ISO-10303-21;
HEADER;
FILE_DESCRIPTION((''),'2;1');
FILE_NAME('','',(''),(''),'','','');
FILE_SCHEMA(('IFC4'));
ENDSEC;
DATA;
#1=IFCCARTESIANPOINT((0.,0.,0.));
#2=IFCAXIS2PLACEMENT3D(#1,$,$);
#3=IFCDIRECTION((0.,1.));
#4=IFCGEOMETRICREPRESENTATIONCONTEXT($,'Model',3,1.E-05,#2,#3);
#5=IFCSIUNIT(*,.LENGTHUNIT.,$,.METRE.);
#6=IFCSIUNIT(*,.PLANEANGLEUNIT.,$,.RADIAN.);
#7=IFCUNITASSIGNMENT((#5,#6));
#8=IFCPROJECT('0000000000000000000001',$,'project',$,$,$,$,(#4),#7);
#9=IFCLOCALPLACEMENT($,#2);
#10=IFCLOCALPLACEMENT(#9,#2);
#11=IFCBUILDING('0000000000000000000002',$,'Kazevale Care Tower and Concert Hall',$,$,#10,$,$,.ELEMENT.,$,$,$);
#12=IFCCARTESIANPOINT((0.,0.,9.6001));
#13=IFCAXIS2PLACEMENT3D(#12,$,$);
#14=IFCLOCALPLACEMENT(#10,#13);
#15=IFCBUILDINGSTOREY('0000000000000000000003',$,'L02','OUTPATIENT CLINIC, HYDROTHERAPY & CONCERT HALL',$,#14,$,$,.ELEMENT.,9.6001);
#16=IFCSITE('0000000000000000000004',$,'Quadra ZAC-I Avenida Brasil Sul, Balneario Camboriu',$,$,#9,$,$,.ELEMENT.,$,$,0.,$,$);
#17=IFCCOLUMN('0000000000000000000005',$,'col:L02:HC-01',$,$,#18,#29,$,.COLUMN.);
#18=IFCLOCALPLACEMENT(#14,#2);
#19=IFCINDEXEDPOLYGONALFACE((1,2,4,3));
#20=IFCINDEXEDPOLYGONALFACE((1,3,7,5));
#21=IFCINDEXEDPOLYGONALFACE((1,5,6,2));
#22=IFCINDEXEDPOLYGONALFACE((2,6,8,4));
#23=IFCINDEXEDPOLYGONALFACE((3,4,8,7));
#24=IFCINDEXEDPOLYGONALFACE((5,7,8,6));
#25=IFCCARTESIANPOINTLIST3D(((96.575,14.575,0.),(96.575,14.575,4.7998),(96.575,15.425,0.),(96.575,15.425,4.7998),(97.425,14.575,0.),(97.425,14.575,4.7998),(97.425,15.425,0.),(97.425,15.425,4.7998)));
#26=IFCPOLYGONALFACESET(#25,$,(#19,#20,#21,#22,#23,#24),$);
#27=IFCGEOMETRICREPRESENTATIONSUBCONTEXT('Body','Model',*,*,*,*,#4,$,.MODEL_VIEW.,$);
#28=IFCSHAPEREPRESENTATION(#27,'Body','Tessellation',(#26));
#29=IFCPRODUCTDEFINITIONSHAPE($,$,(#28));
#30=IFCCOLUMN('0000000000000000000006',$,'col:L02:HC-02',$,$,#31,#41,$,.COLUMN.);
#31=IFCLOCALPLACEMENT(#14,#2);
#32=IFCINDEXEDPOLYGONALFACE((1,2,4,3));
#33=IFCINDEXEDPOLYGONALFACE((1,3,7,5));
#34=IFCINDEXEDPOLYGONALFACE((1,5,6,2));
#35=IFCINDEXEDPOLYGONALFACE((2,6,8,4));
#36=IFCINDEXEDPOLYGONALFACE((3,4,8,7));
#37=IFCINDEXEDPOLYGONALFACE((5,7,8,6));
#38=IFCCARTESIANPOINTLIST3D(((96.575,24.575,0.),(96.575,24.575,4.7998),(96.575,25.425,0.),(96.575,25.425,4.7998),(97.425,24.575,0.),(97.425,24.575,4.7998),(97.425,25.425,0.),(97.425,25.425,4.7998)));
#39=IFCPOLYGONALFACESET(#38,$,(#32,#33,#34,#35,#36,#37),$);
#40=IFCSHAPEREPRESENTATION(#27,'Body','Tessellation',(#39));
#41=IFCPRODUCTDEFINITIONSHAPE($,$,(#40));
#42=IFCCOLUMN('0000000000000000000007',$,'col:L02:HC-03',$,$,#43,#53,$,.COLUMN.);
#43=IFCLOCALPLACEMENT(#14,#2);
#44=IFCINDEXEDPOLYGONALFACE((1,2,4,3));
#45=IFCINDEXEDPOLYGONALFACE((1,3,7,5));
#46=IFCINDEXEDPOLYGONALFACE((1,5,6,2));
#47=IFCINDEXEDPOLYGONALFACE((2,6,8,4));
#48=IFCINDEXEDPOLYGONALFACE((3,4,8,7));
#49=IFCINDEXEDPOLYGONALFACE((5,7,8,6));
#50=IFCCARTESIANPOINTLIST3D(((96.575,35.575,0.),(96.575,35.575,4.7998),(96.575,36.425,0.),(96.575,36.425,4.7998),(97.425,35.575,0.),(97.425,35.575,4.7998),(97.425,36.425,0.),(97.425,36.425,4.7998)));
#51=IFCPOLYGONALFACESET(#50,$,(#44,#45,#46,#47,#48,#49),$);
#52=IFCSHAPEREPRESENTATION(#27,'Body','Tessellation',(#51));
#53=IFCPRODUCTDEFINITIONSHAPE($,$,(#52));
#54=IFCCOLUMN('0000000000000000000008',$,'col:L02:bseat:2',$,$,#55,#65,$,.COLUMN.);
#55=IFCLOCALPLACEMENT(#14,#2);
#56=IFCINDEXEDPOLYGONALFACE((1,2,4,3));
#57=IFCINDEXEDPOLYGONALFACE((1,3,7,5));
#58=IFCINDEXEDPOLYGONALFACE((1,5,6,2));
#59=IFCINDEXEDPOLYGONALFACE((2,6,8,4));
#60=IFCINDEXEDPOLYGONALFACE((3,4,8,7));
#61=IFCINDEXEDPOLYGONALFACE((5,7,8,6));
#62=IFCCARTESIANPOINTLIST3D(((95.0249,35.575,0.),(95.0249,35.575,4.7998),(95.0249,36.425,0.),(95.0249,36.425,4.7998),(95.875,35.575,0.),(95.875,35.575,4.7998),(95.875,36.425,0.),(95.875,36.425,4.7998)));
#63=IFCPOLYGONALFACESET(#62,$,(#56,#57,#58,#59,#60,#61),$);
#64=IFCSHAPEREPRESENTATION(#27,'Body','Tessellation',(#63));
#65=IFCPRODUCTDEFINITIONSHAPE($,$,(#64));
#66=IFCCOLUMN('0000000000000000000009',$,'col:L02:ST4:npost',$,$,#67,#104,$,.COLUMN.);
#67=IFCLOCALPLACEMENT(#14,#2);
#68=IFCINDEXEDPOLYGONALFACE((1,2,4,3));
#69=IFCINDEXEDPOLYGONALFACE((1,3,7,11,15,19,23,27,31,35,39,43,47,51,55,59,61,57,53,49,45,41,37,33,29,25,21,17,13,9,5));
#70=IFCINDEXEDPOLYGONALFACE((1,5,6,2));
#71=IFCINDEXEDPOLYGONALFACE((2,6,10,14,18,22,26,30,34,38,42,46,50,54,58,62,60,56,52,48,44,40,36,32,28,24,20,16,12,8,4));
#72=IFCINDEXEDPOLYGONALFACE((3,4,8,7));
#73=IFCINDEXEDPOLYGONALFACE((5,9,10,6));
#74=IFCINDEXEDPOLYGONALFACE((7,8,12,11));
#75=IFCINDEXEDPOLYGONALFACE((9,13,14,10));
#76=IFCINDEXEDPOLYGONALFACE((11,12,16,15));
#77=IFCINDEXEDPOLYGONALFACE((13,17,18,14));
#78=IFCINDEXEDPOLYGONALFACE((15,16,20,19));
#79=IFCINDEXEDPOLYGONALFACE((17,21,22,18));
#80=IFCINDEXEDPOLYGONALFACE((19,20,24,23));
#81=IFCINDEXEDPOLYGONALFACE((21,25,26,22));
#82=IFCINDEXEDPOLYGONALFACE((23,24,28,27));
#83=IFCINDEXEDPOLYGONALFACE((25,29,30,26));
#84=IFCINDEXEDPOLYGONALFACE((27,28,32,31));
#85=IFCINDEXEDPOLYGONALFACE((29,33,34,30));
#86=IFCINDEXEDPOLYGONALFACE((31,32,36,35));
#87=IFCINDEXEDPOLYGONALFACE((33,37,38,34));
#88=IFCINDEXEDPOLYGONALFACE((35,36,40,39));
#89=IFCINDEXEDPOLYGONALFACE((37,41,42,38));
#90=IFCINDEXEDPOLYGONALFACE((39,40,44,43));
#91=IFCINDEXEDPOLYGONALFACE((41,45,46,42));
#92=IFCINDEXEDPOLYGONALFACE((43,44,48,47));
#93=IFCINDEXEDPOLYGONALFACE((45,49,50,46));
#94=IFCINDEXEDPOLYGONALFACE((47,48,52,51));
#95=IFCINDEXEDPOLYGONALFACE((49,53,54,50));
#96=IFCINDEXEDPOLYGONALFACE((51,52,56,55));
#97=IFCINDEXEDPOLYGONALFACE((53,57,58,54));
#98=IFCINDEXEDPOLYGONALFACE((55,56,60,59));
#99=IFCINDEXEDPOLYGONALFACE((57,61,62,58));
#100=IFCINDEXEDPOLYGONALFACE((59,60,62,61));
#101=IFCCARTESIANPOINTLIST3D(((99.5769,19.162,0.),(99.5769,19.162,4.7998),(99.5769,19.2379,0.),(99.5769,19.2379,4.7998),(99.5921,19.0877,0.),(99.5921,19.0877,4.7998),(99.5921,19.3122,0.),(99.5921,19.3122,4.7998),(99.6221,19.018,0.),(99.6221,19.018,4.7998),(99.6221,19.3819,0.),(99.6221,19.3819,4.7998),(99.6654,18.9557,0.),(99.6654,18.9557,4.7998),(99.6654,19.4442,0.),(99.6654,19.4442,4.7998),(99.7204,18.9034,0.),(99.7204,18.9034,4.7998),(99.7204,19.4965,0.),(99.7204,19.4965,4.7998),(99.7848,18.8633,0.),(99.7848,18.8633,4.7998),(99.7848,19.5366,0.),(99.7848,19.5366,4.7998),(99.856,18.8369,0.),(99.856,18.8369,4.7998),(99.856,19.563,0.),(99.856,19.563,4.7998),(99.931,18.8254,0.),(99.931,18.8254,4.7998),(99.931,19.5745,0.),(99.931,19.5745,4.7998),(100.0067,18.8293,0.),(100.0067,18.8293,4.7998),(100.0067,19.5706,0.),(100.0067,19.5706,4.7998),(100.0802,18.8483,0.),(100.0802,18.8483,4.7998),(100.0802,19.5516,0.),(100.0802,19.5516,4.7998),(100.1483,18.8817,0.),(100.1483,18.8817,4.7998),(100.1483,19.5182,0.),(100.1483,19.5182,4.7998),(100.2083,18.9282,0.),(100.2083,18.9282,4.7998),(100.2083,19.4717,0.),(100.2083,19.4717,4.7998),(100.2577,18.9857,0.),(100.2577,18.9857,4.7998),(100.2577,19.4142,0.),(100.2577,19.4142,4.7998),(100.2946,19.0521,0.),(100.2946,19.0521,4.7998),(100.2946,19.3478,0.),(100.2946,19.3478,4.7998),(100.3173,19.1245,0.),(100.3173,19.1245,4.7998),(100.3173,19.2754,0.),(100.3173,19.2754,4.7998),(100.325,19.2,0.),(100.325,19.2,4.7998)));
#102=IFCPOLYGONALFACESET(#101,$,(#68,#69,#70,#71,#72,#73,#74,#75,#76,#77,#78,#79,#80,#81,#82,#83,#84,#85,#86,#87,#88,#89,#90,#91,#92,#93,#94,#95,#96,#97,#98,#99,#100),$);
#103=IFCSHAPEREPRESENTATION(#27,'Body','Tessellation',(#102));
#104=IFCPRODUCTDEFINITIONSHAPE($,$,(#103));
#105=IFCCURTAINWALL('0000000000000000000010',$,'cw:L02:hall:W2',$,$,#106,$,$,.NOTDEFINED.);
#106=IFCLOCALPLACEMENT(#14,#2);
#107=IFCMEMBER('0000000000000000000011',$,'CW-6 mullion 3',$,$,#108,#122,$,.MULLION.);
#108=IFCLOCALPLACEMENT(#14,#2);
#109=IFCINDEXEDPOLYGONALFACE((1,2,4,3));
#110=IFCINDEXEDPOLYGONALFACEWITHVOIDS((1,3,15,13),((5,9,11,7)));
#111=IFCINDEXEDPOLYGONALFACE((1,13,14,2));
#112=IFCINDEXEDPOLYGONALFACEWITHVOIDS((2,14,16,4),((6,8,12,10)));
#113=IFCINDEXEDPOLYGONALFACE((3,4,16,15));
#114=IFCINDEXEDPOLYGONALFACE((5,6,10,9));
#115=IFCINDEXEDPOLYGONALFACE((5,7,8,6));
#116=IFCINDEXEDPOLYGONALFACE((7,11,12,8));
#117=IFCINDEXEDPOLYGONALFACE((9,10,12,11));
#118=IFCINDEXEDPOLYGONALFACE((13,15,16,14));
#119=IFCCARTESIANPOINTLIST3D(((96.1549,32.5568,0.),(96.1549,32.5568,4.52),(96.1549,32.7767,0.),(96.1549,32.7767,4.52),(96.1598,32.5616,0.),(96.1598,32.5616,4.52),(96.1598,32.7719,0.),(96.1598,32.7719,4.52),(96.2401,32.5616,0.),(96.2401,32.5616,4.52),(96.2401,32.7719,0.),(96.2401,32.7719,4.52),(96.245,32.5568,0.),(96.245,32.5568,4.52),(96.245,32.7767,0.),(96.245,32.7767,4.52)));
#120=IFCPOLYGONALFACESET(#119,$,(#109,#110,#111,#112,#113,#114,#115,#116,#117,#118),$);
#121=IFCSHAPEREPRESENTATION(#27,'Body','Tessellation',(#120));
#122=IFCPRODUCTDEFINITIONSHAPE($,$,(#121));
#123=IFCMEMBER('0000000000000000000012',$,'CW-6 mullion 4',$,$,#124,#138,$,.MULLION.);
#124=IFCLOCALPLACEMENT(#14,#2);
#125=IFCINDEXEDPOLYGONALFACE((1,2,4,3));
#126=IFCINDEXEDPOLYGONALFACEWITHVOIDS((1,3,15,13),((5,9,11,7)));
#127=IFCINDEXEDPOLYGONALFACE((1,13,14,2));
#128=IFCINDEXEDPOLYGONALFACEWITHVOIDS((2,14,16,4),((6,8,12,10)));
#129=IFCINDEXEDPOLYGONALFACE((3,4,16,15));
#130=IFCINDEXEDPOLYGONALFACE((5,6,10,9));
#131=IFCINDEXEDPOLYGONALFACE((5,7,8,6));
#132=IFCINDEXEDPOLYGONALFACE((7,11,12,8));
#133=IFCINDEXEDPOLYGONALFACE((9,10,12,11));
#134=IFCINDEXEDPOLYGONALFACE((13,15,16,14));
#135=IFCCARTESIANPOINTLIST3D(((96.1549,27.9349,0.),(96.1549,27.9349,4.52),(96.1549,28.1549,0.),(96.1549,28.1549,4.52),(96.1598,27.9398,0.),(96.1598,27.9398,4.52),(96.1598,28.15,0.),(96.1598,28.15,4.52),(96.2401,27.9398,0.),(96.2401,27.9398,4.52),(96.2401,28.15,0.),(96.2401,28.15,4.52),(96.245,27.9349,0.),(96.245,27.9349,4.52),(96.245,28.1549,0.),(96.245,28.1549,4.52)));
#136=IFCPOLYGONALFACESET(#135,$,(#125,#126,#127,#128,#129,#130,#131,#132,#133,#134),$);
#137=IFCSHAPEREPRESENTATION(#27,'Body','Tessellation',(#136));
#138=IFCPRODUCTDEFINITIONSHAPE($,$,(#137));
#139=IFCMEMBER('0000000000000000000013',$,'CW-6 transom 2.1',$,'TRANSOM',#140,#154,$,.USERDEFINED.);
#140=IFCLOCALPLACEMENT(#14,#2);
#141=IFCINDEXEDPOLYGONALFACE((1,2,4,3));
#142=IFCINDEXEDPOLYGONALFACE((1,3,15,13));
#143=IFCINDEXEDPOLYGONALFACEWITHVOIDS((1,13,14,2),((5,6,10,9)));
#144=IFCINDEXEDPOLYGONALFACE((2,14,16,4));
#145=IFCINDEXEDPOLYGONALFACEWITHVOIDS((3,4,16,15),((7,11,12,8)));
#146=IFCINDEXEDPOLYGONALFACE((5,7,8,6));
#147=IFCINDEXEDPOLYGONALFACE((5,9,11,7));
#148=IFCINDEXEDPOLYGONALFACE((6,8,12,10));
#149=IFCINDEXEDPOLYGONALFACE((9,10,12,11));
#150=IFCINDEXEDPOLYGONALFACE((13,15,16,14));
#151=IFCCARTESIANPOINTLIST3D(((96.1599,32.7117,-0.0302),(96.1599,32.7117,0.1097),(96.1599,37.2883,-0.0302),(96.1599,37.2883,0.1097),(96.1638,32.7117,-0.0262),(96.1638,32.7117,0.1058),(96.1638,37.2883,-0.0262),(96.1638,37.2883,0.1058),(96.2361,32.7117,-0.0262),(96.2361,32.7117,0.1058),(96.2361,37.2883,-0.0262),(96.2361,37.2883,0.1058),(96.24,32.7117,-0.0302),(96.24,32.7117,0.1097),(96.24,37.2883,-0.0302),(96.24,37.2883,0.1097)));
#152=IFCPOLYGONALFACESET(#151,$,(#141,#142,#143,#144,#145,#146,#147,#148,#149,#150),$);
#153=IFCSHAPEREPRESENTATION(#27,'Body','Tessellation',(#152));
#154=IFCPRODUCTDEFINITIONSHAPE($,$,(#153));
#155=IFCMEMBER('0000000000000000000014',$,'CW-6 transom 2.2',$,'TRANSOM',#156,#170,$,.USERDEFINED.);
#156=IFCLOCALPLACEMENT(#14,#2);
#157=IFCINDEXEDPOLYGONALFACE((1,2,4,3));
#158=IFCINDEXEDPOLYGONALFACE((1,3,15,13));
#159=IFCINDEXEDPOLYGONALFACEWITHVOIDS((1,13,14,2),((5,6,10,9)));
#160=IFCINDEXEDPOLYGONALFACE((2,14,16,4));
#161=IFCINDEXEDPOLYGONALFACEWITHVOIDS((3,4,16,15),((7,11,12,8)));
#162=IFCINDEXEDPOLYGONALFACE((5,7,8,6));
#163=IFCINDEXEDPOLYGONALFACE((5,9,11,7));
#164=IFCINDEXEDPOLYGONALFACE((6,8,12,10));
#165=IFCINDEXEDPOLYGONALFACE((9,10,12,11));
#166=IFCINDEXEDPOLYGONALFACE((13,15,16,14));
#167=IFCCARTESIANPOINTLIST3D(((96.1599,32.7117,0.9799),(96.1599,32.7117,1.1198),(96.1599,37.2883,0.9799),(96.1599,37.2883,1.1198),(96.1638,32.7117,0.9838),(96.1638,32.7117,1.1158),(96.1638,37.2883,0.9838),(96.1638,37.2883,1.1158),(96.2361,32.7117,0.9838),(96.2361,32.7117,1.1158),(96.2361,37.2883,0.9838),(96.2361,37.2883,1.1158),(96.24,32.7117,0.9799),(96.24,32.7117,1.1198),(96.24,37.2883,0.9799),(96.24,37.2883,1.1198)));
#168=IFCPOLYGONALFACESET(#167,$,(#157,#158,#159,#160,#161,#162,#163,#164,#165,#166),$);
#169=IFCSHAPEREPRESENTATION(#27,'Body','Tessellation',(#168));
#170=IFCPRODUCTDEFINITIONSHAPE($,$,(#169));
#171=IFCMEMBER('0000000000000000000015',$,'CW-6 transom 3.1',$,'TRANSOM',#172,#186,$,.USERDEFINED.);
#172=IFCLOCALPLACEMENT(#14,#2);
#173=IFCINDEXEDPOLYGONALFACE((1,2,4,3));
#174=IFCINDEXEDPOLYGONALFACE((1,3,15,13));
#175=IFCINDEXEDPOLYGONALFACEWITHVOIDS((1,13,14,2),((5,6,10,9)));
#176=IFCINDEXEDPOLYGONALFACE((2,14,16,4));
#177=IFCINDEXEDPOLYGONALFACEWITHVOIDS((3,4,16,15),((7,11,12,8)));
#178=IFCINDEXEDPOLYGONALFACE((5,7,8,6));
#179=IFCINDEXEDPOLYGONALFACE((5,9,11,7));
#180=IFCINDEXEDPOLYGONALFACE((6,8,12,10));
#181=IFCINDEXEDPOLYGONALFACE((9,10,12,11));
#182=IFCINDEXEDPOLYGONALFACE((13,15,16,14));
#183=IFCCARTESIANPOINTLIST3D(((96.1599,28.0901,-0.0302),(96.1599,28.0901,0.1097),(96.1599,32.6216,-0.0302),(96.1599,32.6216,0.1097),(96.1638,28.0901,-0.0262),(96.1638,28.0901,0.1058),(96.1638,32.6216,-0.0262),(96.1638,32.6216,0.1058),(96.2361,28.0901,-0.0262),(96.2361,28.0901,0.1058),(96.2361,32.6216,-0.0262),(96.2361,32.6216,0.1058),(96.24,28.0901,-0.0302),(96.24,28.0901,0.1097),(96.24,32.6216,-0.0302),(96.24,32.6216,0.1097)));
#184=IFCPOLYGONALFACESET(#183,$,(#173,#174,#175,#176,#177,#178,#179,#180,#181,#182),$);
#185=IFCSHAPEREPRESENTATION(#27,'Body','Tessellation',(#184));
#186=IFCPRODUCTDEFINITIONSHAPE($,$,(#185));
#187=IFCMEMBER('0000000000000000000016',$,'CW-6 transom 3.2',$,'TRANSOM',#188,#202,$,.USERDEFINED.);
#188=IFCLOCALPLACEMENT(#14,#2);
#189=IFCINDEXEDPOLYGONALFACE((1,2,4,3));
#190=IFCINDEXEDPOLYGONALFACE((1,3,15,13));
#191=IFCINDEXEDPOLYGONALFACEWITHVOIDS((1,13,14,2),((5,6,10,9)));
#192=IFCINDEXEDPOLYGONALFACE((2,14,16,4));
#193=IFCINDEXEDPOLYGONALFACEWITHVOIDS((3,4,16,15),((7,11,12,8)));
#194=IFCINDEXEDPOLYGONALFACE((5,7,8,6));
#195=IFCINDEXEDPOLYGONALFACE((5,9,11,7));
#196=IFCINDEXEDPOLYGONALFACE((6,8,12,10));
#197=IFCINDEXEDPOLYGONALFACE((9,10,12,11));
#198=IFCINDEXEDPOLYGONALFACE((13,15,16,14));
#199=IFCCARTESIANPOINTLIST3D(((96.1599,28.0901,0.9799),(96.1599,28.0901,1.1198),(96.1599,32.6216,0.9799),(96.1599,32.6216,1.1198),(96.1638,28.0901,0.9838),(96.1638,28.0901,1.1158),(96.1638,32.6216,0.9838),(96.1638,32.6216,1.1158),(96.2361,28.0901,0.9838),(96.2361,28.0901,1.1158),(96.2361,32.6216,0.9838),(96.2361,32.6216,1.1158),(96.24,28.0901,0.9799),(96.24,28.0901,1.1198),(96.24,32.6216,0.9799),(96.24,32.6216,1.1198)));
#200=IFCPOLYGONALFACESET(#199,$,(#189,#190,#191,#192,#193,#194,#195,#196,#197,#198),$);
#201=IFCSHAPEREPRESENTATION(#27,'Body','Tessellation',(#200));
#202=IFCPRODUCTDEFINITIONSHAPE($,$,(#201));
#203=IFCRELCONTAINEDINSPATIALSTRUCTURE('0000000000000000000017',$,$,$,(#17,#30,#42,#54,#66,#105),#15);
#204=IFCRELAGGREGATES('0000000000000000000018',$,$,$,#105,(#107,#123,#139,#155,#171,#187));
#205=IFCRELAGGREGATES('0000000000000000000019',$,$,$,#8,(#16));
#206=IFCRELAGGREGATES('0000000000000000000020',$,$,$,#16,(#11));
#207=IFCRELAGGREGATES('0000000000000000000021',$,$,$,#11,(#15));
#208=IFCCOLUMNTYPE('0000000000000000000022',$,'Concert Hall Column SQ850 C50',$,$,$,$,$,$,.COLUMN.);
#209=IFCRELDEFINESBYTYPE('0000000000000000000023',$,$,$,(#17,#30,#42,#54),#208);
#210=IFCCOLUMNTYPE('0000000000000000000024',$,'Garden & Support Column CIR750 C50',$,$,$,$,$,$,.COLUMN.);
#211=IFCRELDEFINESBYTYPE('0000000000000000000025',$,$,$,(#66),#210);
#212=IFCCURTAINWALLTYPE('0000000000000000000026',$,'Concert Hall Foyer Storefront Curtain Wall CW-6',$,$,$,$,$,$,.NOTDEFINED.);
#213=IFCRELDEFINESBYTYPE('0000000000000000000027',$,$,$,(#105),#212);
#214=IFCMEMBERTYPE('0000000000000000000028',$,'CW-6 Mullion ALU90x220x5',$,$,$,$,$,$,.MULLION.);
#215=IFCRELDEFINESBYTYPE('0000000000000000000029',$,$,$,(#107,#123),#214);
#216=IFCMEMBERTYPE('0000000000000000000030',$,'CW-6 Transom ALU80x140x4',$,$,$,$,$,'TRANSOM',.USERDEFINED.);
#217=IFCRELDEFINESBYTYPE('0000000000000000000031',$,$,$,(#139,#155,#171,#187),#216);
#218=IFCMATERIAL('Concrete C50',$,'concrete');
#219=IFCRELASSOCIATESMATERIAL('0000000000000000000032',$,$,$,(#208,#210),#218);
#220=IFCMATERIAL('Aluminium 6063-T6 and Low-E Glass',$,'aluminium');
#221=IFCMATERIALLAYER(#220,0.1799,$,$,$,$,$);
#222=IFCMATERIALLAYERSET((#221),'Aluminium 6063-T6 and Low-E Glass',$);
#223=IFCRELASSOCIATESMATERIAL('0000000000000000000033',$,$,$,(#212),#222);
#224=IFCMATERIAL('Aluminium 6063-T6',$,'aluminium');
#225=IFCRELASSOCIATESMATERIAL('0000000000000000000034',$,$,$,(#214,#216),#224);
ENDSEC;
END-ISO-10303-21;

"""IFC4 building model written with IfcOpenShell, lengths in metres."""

from ifc_helpers import new_model, si_unit, direction, frame, origin, origin_2d, place, context, subcontext, project, spatial, rectangle, hollow_rectangle, circle, extrude, material, layer, layer_set, material_profile, profile_set, type_object, element, aggregate, save


model = new_model("IFC4")

# Units and contexts
model_context = context("Model", 3, precision=1e-05, world=origin(), true_north=direction((0.0, 1.0)))
body_context = subcontext(model_context, "Body", "Model", "MODEL_VIEW")
ifc_project = project(units=[si_unit("LENGTHUNIT", "METRE"), si_unit("PLANEANGLEUNIT", "RADIAN")], contexts=[model_context])

# Site, building, storey
site_placement = place(None, origin())
site = spatial("IfcSite", under=ifc_project, at=site_placement, Name="Quadra ZAC-I Avenida Brasil Sul, Balneario Camboriu", CompositionType="ELEMENT", RefElevation=0.0)
building_placement = place(site_placement, origin())
building = spatial("IfcBuilding", under=site, at=building_placement, Name="Kazevale Care Tower and Concert Hall", CompositionType="ELEMENT")
storey_placement = place(building_placement, frame((0.0, 0.0, 9.6001)))
storey = spatial("IfcBuildingStorey", under=building, at=storey_placement, Name="L02", Description="OUTPATIENT CLINIC, HYDROTHERAPY & CONCERT HALL", CompositionType="ELEMENT", Elevation=9.6001)

# Columns
ifc_material_1 = material(Name="Concrete C50", Category="concrete")
ifc_material_profile_1 = material_profile(ifc_material_1, rectangle(XDim=0.8501, YDim=0.8501, at=origin_2d()), Name="RC-SQ850")
ifc_profile_set_1 = profile_set([ifc_material_profile_1], Name="Concrete C50")
column_type_1 = type_object("IfcColumnType", Name="Concert Hall Column SQ850 C50", PredefinedType="COLUMN", material=ifc_profile_set_1)
for number, where, z_axis, x_axis, name in (
    (1, (97.0, 15.0, 0.0), (0.0, 0.0, 1.0), (1.0, 0.0, 0.0), "col:L02:HC-01"),
    (2, (97.0, 25.0, 0.0), (0.0, 0.0, 1.0), (1.0, 0.0, 0.0), "col:L02:HC-02"),
    (3, (97.0, 36.0, 0.0), (0.0, 0.0, 1.0), (1.0, 0.0, 0.0), "col:L02:HC-03"),
    (4, (95.45, 36.0, 0.0), (0.0, 0.0, 1.0), (1.0, 0.0, 0.0), "col:L02:bseat:2"),
):
    element("IfcColumn", number, at=place(storey_placement, frame(where, z_axis=z_axis, x_axis=x_axis)), inside=storey, type_object=column_type_1, Name=name, PredefinedType="COLUMN", context=body_context, shape_type="SweptSolid", body=[
        extrude(rectangle(XDim=0.8501, YDim=0.8501, at=origin_2d()), origin(), (0.0, 0.0, 1.0), 4.7998),
    ])
ifc_material_profile_2 = material_profile(ifc_material_1, circle(Radius=0.375, at=origin_2d()), Name="RC-CIR750")
ifc_profile_set_2 = profile_set([ifc_material_profile_2], Name="Concrete C50")
column_type_2 = type_object("IfcColumnType", Name="Garden & Support Column CIR750 C50", PredefinedType="COLUMN", material=ifc_profile_set_2)
column_placement = place(storey_placement, frame((99.95, 19.2, 0.0), z_axis=(0.0, 0.0, 1.0), x_axis=(1.0, 0.0, 0.0)))
element("IfcColumn", 5, at=column_placement, inside=storey, type_object=column_type_2, Name="col:L02:ST4:npost", PredefinedType="COLUMN", context=body_context, shape_type="SweptSolid", body=[
    extrude(circle(Radius=0.375, at=origin_2d()), origin(), (0.0, 0.0, 1.0), 4.7998),
])

# Curtain wall, members
ifc_material_2 = material(Name="Aluminium 6063-T6 and Low-E Glass", Category="aluminium")
ifc_layer_1 = layer(ifc_material_2, 0.1799)
ifc_layer_set_1 = layer_set([ifc_layer_1], Name="Aluminium 6063-T6 and Low-E Glass")
curtain_wall_type = type_object("IfcCurtainWallType", Name="Concert Hall Foyer Storefront Curtain Wall CW-6", PredefinedType="NOTDEFINED", material=ifc_layer_set_1)
curtain_wall_placement = place(storey_placement, origin())
curtain_wall = element("IfcCurtainWall", 6, at=curtain_wall_placement, inside=storey, type_object=curtain_wall_type, Name="cw:L02:hall:W2", PredefinedType="NOTDEFINED")
ifc_material_3 = material(Name="Aluminium 6063-T6", Category="aluminium")
ifc_material_profile_3 = material_profile(ifc_material_3, hollow_rectangle(XDim=0.0901, YDim=0.22, WallThickness=0.0049, at=origin_2d()), Name="ALU90x220x5")
ifc_profile_set_3 = profile_set([ifc_material_profile_3], Name="Aluminium 6063-T6")
member_type_1 = type_object("IfcMemberType", Name="CW-6 Mullion ALU90x220x5", PredefinedType="MULLION", material=ifc_profile_set_3)
member_1_placement = place(storey_placement, frame((96.2, 32.6667, 0.0), z_axis=(0.0, 0.0, 1.0), x_axis=(1.0, 0.0, 0.0)))
member_1 = element("IfcMember", 7, at=member_1_placement, type_object=member_type_1, Name="CW-6 mullion 3", PredefinedType="MULLION", context=body_context, shape_type="SweptSolid", body=[
    extrude(hollow_rectangle(XDim=0.0901, YDim=0.22, WallThickness=0.0049, at=origin_2d()), origin(), (0.0, 0.0, 1.0), 4.52),
])
member_2_placement = place(storey_placement, frame((96.2, 28.0449, 0.0), z_axis=(0.0, 0.0, 1.0), x_axis=(1.0, 0.0, 0.0)))
member_2 = element("IfcMember", 8, at=member_2_placement, type_object=member_type_1, Name="CW-6 mullion 4", PredefinedType="MULLION", context=body_context, shape_type="SweptSolid", body=[
    extrude(hollow_rectangle(XDim=0.0901, YDim=0.22, WallThickness=0.0049, at=origin_2d()), origin(), (0.0, 0.0, 1.0), 4.52),
])
ifc_material_profile_4 = material_profile(ifc_material_3, hollow_rectangle(XDim=0.0801, YDim=0.1399, WallThickness=0.0039, at=origin_2d()), Name="ALU80x140x4")
ifc_profile_set_4 = profile_set([ifc_material_profile_4], Name="Aluminium 6063-T6")
member_type_2 = type_object("IfcMemberType", Name="CW-6 Transom ALU80x140x4", ElementType="TRANSOM", PredefinedType="USERDEFINED", material=ifc_profile_set_4)
member_3_placement = place(storey_placement, frame((96.2, 37.2883, 0.0398), z_axis=(0.0, -1.0, 0.0), x_axis=(1.0, 0.0, 0.0)))
member_3 = element("IfcMember", 9, at=member_3_placement, type_object=member_type_2, Name="CW-6 transom 2.1", ObjectType="TRANSOM", PredefinedType="USERDEFINED", context=body_context, shape_type="SweptSolid", body=[
    extrude(hollow_rectangle(XDim=0.0801, YDim=0.1399, WallThickness=0.0039, at=origin_2d()), origin(), (0.0, 0.0, 1.0), 4.5767),
])
member_4_placement = place(storey_placement, frame((96.2, 37.2883, 1.0498), z_axis=(0.0, -1.0, 0.0), x_axis=(1.0, 0.0, 0.0)))
member_4 = element("IfcMember", 10, at=member_4_placement, type_object=member_type_2, Name="CW-6 transom 2.2", ObjectType="TRANSOM", PredefinedType="USERDEFINED", context=body_context, shape_type="SweptSolid", body=[
    extrude(hollow_rectangle(XDim=0.0801, YDim=0.1399, WallThickness=0.0039, at=origin_2d()), origin(), (0.0, 0.0, 1.0), 4.5767),
])
member_5_placement = place(storey_placement, frame((96.2, 32.6216, 0.0398), z_axis=(0.0, -1.0, 0.0), x_axis=(1.0, 0.0, 0.0)))
member_5 = element("IfcMember", 11, at=member_5_placement, type_object=member_type_2, Name="CW-6 transom 3.1", ObjectType="TRANSOM", PredefinedType="USERDEFINED", context=body_context, shape_type="SweptSolid", body=[
    extrude(hollow_rectangle(XDim=0.0801, YDim=0.1399, WallThickness=0.0039, at=origin_2d()), origin(), (0.0, 0.0, 1.0), 4.5315),
])
member_6_placement = place(storey_placement, frame((96.2, 32.6216, 1.0498), z_axis=(0.0, -1.0, 0.0), x_axis=(1.0, 0.0, 0.0)))
member_6 = element("IfcMember", 12, at=member_6_placement, type_object=member_type_2, Name="CW-6 transom 3.2", ObjectType="TRANSOM", PredefinedType="USERDEFINED", context=body_context, shape_type="SweptSolid", body=[
    extrude(hollow_rectangle(XDim=0.0801, YDim=0.1399, WallThickness=0.0039, at=origin_2d()), origin(), (0.0, 0.0, 1.0), 4.5315),
])

aggregate(curtain_wall, [member_1, member_2, member_3, member_4, member_5, member_6])

save(model, "model.ifc")
